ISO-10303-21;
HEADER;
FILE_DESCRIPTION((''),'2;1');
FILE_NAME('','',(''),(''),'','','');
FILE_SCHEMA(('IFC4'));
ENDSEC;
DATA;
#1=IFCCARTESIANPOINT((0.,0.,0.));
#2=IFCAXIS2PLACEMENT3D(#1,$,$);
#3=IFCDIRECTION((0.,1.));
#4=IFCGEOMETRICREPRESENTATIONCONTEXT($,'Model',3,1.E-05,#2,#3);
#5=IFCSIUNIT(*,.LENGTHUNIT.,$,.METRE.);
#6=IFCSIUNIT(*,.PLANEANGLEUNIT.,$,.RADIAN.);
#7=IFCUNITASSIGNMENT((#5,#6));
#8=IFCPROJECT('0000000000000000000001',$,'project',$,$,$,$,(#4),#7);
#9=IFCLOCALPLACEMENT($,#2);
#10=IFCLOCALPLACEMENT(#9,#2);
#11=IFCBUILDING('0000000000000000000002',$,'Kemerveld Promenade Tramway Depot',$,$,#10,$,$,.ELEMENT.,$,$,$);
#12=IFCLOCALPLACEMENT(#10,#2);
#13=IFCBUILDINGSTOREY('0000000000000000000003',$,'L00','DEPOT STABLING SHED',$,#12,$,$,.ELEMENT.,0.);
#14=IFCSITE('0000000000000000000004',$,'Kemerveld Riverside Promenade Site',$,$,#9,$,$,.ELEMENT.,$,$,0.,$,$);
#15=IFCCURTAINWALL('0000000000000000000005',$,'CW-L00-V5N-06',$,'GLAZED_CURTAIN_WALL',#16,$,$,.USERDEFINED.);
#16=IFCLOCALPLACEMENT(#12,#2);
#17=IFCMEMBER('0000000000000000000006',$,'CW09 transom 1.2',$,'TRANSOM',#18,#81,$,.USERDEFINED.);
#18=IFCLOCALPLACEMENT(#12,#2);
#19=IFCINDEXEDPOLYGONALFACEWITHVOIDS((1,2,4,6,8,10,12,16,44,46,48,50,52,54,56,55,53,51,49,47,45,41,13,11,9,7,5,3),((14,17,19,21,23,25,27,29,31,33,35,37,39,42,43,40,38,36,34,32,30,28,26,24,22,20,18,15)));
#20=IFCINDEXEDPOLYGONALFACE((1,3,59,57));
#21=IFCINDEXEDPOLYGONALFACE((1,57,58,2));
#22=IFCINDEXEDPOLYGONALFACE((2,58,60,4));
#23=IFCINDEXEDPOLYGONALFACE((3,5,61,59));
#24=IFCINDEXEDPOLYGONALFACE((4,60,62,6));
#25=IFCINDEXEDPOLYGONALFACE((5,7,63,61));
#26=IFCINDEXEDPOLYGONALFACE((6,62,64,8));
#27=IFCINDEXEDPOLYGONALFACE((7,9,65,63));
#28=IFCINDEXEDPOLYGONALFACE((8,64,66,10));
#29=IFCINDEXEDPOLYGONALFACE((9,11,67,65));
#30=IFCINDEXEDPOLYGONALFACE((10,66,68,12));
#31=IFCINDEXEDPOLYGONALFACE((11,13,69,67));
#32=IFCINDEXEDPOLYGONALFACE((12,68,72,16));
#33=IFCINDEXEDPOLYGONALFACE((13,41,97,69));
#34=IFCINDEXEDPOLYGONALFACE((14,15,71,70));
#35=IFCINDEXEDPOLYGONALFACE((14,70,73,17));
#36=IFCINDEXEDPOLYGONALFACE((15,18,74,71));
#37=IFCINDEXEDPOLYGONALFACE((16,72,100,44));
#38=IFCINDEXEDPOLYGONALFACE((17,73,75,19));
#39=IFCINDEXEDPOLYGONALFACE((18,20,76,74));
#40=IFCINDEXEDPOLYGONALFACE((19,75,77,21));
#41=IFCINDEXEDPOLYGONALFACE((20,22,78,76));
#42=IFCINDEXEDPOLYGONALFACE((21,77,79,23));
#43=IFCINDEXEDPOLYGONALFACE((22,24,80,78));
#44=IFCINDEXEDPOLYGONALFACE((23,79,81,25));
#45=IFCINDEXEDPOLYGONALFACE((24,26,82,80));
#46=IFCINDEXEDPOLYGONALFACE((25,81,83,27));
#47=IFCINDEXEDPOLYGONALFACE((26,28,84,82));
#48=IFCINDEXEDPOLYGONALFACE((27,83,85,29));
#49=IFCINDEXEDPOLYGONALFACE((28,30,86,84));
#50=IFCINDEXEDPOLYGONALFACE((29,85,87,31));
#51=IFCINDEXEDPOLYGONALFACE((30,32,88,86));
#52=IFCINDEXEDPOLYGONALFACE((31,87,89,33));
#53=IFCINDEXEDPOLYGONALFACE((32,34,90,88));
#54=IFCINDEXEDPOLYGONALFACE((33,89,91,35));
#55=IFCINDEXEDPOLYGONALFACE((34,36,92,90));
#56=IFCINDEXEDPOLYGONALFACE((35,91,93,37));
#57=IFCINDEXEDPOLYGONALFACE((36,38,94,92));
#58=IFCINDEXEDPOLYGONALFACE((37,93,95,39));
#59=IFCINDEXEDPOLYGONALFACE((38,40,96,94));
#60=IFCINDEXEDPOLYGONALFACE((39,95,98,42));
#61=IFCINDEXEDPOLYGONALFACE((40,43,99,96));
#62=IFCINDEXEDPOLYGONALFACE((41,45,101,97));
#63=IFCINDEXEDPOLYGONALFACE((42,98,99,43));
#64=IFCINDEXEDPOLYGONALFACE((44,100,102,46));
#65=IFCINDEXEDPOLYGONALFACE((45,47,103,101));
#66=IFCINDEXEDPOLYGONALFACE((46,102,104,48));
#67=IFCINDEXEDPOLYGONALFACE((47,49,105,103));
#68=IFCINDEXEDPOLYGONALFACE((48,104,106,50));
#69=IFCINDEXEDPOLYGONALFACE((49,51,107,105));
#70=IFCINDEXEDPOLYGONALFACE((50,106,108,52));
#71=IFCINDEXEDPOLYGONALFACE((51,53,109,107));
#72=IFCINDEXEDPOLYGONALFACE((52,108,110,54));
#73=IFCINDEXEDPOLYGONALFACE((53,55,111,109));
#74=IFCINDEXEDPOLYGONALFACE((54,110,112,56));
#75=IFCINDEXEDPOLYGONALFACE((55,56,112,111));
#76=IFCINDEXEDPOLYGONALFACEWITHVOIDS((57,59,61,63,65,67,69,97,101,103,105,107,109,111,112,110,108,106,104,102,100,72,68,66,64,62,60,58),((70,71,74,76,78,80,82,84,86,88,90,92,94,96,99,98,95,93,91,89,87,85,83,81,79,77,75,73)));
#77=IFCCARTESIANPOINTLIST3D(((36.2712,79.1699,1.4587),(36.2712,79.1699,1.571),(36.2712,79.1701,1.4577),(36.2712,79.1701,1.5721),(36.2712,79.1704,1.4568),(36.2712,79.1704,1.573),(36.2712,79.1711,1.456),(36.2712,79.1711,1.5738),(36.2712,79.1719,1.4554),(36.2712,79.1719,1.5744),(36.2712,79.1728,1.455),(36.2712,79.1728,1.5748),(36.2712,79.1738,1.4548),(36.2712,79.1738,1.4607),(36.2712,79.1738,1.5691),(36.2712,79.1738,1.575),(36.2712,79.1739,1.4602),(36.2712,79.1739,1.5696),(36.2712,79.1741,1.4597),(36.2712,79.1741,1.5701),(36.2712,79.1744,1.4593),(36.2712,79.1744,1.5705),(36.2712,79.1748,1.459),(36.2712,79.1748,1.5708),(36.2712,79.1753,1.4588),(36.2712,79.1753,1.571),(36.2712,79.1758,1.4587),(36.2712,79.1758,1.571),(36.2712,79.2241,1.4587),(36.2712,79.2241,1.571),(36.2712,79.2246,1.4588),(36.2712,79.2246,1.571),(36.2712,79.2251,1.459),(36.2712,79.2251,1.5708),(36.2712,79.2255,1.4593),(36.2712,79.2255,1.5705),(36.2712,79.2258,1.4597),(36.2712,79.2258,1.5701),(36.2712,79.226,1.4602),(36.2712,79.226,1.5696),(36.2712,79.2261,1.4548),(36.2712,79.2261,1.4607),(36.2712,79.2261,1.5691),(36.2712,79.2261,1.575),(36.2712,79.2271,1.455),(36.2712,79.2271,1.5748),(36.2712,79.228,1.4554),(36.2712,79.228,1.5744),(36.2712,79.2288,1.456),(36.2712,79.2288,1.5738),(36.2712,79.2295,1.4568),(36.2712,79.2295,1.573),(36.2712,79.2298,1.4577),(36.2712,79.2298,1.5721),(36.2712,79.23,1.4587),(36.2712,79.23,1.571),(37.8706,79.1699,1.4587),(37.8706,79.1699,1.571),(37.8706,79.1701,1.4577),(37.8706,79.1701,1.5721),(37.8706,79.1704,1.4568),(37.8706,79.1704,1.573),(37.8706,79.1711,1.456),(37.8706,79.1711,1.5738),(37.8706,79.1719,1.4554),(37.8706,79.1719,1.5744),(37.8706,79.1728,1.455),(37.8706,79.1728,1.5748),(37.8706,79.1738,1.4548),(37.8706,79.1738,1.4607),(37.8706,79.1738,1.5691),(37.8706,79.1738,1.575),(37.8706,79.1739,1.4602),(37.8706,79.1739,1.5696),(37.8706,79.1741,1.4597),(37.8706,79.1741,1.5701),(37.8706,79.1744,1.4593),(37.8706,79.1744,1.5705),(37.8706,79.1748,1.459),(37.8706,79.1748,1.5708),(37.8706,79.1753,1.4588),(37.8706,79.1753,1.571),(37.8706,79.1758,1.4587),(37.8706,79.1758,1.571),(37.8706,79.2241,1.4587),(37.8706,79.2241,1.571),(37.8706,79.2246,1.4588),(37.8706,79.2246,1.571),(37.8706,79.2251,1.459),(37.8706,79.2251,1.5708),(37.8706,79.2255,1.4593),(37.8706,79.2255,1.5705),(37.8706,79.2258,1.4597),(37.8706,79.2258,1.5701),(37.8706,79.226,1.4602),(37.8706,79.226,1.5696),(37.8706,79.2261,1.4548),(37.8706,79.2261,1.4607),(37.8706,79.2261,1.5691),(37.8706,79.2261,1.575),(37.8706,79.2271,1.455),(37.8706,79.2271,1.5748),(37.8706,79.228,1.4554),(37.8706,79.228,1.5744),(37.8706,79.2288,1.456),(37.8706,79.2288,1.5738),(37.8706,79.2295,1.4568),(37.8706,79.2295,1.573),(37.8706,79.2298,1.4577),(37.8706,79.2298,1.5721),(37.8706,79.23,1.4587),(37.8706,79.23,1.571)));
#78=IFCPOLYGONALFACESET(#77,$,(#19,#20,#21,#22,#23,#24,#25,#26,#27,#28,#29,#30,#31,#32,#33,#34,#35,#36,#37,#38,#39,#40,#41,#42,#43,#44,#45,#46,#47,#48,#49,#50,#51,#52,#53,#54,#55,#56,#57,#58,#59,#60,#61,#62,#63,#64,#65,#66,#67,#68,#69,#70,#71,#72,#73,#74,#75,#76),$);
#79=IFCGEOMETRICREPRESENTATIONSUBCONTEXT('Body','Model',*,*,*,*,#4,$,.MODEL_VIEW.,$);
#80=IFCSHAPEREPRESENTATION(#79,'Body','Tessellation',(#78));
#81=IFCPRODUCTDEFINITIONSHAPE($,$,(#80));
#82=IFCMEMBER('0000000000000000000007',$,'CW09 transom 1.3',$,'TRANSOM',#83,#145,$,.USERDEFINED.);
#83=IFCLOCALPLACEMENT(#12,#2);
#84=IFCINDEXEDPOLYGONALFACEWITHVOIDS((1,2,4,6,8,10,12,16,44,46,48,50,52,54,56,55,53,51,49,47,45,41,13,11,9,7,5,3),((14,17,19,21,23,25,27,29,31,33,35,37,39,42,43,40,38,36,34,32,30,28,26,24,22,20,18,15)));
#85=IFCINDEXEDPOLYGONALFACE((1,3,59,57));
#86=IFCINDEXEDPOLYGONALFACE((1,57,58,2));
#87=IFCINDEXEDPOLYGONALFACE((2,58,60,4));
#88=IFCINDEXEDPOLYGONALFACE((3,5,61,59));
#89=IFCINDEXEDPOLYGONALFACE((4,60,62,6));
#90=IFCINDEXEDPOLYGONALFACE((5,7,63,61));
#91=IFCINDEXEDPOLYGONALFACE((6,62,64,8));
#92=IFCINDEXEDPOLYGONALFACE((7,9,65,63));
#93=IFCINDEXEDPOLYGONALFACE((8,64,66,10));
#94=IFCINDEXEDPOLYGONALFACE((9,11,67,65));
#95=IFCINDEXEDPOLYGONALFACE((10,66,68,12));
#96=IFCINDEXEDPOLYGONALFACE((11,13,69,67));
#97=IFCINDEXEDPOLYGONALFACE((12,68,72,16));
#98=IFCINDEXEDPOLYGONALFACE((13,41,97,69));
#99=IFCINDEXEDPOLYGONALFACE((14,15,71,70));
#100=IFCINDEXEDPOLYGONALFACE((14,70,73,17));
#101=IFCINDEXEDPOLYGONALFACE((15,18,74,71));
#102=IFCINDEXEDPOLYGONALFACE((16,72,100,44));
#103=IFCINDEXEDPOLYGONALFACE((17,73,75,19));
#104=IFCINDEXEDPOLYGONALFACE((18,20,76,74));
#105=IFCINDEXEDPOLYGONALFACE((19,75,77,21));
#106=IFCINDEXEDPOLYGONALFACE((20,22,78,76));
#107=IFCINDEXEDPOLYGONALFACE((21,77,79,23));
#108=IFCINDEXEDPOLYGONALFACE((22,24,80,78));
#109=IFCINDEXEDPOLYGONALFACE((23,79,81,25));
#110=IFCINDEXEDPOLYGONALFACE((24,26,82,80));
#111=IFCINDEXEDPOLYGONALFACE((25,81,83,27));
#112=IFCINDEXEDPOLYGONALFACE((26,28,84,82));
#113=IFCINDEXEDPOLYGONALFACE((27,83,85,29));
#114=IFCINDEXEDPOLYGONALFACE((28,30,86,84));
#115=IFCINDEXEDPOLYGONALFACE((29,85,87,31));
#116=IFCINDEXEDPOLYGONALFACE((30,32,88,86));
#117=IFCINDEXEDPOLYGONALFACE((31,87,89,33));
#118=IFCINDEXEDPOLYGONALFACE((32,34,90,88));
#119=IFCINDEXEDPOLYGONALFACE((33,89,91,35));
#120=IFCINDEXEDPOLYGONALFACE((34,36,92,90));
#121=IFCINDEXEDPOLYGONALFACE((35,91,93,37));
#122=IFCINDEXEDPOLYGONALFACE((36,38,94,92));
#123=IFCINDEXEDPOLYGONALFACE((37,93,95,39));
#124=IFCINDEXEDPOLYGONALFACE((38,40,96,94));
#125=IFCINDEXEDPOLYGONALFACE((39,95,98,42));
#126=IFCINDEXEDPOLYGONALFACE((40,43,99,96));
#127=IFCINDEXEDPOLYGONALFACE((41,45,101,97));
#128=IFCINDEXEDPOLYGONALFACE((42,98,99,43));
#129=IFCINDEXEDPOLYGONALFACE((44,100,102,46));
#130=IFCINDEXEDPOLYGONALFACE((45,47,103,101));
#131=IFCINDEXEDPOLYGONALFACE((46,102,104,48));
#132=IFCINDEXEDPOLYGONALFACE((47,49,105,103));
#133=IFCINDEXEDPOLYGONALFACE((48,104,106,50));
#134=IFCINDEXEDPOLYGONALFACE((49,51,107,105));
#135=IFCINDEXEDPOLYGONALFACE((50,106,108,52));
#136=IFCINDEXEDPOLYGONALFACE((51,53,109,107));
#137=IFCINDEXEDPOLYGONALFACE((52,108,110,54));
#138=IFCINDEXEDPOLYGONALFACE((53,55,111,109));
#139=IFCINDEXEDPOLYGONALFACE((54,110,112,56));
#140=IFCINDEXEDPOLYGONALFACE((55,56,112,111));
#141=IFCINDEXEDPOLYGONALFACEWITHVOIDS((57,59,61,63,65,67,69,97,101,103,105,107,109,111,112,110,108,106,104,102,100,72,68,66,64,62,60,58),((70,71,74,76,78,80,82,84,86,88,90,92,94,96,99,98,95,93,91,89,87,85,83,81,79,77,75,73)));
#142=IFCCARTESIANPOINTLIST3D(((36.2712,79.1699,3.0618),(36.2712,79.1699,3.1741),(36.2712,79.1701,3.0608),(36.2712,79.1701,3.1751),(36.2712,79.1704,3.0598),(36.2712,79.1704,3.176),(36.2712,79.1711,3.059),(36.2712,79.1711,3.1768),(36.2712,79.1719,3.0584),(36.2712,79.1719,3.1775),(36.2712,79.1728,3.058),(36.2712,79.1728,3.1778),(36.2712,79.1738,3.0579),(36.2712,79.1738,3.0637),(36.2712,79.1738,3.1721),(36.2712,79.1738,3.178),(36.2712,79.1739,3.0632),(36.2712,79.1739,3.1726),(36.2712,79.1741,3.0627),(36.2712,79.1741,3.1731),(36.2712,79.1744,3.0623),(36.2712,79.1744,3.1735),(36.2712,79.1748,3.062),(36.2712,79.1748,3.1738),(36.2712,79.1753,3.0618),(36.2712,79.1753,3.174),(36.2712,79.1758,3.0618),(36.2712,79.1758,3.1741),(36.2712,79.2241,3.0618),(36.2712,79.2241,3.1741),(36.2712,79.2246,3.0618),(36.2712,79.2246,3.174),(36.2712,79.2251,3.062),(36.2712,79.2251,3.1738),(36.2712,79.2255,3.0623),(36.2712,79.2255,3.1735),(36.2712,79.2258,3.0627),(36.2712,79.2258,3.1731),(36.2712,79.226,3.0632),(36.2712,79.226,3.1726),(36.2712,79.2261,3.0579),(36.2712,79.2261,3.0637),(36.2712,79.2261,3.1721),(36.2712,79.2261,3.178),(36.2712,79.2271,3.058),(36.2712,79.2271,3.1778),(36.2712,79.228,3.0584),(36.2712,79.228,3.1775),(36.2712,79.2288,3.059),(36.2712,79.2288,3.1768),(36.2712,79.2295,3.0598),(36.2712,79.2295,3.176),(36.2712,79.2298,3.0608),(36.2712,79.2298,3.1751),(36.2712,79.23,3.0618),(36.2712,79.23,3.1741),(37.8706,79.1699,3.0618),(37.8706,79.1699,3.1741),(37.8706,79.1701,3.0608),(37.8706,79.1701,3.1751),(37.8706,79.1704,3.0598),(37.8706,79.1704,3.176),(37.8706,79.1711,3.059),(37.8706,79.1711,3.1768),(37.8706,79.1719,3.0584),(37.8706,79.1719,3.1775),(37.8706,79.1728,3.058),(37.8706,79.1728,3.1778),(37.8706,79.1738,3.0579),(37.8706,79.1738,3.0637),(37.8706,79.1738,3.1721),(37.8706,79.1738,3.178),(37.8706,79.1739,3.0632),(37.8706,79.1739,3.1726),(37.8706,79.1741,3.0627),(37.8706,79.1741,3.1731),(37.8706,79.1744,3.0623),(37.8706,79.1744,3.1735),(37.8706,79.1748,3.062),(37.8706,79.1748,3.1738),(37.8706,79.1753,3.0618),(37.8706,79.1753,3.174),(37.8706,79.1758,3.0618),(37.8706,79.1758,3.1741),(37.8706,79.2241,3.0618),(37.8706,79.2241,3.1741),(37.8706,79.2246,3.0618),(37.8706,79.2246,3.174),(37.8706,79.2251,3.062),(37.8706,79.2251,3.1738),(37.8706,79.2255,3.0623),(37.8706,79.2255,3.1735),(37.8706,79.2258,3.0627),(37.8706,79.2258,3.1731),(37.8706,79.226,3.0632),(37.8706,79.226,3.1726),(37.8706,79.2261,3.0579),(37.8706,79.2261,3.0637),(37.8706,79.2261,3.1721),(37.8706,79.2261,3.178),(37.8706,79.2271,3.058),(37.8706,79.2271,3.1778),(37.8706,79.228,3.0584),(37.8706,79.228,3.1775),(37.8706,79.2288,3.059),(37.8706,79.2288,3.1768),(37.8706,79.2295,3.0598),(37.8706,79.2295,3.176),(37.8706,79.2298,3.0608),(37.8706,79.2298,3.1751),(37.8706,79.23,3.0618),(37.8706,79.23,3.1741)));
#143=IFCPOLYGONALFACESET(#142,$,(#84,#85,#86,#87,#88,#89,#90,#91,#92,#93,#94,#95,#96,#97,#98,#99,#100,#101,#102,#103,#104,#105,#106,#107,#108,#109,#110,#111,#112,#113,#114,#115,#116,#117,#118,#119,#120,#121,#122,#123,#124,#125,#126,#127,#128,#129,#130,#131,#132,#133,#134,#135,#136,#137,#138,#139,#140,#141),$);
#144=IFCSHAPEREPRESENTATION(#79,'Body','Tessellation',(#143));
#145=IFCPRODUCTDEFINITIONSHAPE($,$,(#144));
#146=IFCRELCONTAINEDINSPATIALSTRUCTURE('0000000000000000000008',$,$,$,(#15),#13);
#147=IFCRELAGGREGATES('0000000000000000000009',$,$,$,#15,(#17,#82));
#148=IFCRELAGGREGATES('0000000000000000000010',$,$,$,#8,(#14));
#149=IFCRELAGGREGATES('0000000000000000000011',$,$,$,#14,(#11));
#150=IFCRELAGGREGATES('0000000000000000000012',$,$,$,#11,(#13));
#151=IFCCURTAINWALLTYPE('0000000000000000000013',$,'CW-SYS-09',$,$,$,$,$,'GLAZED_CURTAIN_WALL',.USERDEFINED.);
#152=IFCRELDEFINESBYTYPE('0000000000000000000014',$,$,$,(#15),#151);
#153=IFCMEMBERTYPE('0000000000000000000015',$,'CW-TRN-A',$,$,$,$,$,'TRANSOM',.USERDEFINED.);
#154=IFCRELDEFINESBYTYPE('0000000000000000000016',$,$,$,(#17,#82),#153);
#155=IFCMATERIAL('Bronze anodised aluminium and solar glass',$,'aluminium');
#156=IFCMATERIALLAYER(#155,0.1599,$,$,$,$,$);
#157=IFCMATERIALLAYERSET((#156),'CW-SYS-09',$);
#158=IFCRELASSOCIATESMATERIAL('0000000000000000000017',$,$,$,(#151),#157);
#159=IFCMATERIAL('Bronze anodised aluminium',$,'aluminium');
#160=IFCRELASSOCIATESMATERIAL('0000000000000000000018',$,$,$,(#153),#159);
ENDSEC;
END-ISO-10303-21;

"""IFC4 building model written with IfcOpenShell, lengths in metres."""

from ifc_helpers import new_model, si_unit, direction, frame, origin, origin_2d, place, context, subcontext, project, spatial, hollow_rectangle, extrude, material, layer, layer_set, material_profile, profile_set, type_object, element, aggregate, save


model = new_model("IFC4")

# Units and contexts
model_context = context("Model", 3, precision=1e-05, world=origin(), true_north=direction((0.0, 1.0)))
body_context = subcontext(model_context, "Body", "Model", "MODEL_VIEW")
ifc_project = project(units=[si_unit("LENGTHUNIT", "METRE"), si_unit("PLANEANGLEUNIT", "RADIAN")], contexts=[model_context])

# Site, building, storey
site_placement = place(None, origin())
site = spatial("IfcSite", under=ifc_project, at=site_placement, Name="Kemerveld Riverside Promenade Site", CompositionType="ELEMENT", RefElevation=0.0)
building_placement = place(site_placement, origin())
building = spatial("IfcBuilding", under=site, at=building_placement, Name="Kemerveld Promenade Tramway Depot", CompositionType="ELEMENT")
storey_placement = place(building_placement, origin())
storey = spatial("IfcBuildingStorey", under=building, at=storey_placement, Name="L00", Description="DEPOT STABLING SHED", CompositionType="ELEMENT", Elevation=0.0)

# Curtain wall, members
ifc_material_1 = material(Name="Bronze anodised aluminium and solar glass", Category="aluminium")
ifc_layer_1 = layer(ifc_material_1, 0.1599)
ifc_layer_set_1 = layer_set([ifc_layer_1], Name="CW-SYS-09")
curtain_wall_type = type_object("IfcCurtainWallType", Name="CW-SYS-09", ElementType="GLAZED_CURTAIN_WALL", PredefinedType="USERDEFINED", material=ifc_layer_set_1)
curtain_wall_placement = place(storey_placement, origin())
curtain_wall = element("IfcCurtainWall", 1, at=curtain_wall_placement, inside=storey, type_object=curtain_wall_type, Name="CW-L00-V5N-06", ObjectType="GLAZED_CURTAIN_WALL", PredefinedType="USERDEFINED")
ifc_material_2 = material(Name="Bronze anodised aluminium", Category="aluminium")
ifc_material_profile_1 = material_profile(ifc_material_2, hollow_rectangle(XDim=0.0601, YDim=0.1201, WallThickness=0.0039, InnerFilletRadius=0.002, OuterFilletRadius=0.0039, at=origin_2d()), Name="CW-TRN-120x60")
ifc_profile_set_1 = profile_set([ifc_material_profile_1], Name="Bronze anodised aluminium")
member_type_1 = type_object("IfcMemberType", Name="CW-TRN-A", ElementType="TRANSOM", PredefinedType="USERDEFINED", material=ifc_profile_set_1)
member_1_placement = place(storey_placement, frame((36.2712, 79.2, 1.5149), z_axis=(1.0, 0.0, 0.0), x_axis=(0.0, 1.0, 0.0)))
member_1 = element("IfcMember", 2, at=member_1_placement, type_object=member_type_1, Name="CW09 transom 1.2", ObjectType="TRANSOM", PredefinedType="USERDEFINED", context=body_context, shape_type="SweptSolid", body=[
    extrude(hollow_rectangle(XDim=0.0601, YDim=0.1201, WallThickness=0.0039, InnerFilletRadius=0.002, OuterFilletRadius=0.0039, at=origin_2d()), origin(), (0.0, 0.0, 1.0), 1.5994),
])
member_2_placement = place(storey_placement, frame((36.2712, 79.2, 3.1179), z_axis=(1.0, 0.0, 0.0), x_axis=(0.0, 1.0, 0.0)))
member_2 = element("IfcMember", 3, at=member_2_placement, type_object=member_type_1, Name="CW09 transom 1.3", ObjectType="TRANSOM", PredefinedType="USERDEFINED", context=body_context, shape_type="SweptSolid", body=[
    extrude(hollow_rectangle(XDim=0.0601, YDim=0.1201, WallThickness=0.0039, InnerFilletRadius=0.002, OuterFilletRadius=0.0039, at=origin_2d()), origin(), (0.0, 0.0, 1.0), 1.5994),
])
aggregate(curtain_wall, [member_1, member_2])

save(model, "model.ifc")
